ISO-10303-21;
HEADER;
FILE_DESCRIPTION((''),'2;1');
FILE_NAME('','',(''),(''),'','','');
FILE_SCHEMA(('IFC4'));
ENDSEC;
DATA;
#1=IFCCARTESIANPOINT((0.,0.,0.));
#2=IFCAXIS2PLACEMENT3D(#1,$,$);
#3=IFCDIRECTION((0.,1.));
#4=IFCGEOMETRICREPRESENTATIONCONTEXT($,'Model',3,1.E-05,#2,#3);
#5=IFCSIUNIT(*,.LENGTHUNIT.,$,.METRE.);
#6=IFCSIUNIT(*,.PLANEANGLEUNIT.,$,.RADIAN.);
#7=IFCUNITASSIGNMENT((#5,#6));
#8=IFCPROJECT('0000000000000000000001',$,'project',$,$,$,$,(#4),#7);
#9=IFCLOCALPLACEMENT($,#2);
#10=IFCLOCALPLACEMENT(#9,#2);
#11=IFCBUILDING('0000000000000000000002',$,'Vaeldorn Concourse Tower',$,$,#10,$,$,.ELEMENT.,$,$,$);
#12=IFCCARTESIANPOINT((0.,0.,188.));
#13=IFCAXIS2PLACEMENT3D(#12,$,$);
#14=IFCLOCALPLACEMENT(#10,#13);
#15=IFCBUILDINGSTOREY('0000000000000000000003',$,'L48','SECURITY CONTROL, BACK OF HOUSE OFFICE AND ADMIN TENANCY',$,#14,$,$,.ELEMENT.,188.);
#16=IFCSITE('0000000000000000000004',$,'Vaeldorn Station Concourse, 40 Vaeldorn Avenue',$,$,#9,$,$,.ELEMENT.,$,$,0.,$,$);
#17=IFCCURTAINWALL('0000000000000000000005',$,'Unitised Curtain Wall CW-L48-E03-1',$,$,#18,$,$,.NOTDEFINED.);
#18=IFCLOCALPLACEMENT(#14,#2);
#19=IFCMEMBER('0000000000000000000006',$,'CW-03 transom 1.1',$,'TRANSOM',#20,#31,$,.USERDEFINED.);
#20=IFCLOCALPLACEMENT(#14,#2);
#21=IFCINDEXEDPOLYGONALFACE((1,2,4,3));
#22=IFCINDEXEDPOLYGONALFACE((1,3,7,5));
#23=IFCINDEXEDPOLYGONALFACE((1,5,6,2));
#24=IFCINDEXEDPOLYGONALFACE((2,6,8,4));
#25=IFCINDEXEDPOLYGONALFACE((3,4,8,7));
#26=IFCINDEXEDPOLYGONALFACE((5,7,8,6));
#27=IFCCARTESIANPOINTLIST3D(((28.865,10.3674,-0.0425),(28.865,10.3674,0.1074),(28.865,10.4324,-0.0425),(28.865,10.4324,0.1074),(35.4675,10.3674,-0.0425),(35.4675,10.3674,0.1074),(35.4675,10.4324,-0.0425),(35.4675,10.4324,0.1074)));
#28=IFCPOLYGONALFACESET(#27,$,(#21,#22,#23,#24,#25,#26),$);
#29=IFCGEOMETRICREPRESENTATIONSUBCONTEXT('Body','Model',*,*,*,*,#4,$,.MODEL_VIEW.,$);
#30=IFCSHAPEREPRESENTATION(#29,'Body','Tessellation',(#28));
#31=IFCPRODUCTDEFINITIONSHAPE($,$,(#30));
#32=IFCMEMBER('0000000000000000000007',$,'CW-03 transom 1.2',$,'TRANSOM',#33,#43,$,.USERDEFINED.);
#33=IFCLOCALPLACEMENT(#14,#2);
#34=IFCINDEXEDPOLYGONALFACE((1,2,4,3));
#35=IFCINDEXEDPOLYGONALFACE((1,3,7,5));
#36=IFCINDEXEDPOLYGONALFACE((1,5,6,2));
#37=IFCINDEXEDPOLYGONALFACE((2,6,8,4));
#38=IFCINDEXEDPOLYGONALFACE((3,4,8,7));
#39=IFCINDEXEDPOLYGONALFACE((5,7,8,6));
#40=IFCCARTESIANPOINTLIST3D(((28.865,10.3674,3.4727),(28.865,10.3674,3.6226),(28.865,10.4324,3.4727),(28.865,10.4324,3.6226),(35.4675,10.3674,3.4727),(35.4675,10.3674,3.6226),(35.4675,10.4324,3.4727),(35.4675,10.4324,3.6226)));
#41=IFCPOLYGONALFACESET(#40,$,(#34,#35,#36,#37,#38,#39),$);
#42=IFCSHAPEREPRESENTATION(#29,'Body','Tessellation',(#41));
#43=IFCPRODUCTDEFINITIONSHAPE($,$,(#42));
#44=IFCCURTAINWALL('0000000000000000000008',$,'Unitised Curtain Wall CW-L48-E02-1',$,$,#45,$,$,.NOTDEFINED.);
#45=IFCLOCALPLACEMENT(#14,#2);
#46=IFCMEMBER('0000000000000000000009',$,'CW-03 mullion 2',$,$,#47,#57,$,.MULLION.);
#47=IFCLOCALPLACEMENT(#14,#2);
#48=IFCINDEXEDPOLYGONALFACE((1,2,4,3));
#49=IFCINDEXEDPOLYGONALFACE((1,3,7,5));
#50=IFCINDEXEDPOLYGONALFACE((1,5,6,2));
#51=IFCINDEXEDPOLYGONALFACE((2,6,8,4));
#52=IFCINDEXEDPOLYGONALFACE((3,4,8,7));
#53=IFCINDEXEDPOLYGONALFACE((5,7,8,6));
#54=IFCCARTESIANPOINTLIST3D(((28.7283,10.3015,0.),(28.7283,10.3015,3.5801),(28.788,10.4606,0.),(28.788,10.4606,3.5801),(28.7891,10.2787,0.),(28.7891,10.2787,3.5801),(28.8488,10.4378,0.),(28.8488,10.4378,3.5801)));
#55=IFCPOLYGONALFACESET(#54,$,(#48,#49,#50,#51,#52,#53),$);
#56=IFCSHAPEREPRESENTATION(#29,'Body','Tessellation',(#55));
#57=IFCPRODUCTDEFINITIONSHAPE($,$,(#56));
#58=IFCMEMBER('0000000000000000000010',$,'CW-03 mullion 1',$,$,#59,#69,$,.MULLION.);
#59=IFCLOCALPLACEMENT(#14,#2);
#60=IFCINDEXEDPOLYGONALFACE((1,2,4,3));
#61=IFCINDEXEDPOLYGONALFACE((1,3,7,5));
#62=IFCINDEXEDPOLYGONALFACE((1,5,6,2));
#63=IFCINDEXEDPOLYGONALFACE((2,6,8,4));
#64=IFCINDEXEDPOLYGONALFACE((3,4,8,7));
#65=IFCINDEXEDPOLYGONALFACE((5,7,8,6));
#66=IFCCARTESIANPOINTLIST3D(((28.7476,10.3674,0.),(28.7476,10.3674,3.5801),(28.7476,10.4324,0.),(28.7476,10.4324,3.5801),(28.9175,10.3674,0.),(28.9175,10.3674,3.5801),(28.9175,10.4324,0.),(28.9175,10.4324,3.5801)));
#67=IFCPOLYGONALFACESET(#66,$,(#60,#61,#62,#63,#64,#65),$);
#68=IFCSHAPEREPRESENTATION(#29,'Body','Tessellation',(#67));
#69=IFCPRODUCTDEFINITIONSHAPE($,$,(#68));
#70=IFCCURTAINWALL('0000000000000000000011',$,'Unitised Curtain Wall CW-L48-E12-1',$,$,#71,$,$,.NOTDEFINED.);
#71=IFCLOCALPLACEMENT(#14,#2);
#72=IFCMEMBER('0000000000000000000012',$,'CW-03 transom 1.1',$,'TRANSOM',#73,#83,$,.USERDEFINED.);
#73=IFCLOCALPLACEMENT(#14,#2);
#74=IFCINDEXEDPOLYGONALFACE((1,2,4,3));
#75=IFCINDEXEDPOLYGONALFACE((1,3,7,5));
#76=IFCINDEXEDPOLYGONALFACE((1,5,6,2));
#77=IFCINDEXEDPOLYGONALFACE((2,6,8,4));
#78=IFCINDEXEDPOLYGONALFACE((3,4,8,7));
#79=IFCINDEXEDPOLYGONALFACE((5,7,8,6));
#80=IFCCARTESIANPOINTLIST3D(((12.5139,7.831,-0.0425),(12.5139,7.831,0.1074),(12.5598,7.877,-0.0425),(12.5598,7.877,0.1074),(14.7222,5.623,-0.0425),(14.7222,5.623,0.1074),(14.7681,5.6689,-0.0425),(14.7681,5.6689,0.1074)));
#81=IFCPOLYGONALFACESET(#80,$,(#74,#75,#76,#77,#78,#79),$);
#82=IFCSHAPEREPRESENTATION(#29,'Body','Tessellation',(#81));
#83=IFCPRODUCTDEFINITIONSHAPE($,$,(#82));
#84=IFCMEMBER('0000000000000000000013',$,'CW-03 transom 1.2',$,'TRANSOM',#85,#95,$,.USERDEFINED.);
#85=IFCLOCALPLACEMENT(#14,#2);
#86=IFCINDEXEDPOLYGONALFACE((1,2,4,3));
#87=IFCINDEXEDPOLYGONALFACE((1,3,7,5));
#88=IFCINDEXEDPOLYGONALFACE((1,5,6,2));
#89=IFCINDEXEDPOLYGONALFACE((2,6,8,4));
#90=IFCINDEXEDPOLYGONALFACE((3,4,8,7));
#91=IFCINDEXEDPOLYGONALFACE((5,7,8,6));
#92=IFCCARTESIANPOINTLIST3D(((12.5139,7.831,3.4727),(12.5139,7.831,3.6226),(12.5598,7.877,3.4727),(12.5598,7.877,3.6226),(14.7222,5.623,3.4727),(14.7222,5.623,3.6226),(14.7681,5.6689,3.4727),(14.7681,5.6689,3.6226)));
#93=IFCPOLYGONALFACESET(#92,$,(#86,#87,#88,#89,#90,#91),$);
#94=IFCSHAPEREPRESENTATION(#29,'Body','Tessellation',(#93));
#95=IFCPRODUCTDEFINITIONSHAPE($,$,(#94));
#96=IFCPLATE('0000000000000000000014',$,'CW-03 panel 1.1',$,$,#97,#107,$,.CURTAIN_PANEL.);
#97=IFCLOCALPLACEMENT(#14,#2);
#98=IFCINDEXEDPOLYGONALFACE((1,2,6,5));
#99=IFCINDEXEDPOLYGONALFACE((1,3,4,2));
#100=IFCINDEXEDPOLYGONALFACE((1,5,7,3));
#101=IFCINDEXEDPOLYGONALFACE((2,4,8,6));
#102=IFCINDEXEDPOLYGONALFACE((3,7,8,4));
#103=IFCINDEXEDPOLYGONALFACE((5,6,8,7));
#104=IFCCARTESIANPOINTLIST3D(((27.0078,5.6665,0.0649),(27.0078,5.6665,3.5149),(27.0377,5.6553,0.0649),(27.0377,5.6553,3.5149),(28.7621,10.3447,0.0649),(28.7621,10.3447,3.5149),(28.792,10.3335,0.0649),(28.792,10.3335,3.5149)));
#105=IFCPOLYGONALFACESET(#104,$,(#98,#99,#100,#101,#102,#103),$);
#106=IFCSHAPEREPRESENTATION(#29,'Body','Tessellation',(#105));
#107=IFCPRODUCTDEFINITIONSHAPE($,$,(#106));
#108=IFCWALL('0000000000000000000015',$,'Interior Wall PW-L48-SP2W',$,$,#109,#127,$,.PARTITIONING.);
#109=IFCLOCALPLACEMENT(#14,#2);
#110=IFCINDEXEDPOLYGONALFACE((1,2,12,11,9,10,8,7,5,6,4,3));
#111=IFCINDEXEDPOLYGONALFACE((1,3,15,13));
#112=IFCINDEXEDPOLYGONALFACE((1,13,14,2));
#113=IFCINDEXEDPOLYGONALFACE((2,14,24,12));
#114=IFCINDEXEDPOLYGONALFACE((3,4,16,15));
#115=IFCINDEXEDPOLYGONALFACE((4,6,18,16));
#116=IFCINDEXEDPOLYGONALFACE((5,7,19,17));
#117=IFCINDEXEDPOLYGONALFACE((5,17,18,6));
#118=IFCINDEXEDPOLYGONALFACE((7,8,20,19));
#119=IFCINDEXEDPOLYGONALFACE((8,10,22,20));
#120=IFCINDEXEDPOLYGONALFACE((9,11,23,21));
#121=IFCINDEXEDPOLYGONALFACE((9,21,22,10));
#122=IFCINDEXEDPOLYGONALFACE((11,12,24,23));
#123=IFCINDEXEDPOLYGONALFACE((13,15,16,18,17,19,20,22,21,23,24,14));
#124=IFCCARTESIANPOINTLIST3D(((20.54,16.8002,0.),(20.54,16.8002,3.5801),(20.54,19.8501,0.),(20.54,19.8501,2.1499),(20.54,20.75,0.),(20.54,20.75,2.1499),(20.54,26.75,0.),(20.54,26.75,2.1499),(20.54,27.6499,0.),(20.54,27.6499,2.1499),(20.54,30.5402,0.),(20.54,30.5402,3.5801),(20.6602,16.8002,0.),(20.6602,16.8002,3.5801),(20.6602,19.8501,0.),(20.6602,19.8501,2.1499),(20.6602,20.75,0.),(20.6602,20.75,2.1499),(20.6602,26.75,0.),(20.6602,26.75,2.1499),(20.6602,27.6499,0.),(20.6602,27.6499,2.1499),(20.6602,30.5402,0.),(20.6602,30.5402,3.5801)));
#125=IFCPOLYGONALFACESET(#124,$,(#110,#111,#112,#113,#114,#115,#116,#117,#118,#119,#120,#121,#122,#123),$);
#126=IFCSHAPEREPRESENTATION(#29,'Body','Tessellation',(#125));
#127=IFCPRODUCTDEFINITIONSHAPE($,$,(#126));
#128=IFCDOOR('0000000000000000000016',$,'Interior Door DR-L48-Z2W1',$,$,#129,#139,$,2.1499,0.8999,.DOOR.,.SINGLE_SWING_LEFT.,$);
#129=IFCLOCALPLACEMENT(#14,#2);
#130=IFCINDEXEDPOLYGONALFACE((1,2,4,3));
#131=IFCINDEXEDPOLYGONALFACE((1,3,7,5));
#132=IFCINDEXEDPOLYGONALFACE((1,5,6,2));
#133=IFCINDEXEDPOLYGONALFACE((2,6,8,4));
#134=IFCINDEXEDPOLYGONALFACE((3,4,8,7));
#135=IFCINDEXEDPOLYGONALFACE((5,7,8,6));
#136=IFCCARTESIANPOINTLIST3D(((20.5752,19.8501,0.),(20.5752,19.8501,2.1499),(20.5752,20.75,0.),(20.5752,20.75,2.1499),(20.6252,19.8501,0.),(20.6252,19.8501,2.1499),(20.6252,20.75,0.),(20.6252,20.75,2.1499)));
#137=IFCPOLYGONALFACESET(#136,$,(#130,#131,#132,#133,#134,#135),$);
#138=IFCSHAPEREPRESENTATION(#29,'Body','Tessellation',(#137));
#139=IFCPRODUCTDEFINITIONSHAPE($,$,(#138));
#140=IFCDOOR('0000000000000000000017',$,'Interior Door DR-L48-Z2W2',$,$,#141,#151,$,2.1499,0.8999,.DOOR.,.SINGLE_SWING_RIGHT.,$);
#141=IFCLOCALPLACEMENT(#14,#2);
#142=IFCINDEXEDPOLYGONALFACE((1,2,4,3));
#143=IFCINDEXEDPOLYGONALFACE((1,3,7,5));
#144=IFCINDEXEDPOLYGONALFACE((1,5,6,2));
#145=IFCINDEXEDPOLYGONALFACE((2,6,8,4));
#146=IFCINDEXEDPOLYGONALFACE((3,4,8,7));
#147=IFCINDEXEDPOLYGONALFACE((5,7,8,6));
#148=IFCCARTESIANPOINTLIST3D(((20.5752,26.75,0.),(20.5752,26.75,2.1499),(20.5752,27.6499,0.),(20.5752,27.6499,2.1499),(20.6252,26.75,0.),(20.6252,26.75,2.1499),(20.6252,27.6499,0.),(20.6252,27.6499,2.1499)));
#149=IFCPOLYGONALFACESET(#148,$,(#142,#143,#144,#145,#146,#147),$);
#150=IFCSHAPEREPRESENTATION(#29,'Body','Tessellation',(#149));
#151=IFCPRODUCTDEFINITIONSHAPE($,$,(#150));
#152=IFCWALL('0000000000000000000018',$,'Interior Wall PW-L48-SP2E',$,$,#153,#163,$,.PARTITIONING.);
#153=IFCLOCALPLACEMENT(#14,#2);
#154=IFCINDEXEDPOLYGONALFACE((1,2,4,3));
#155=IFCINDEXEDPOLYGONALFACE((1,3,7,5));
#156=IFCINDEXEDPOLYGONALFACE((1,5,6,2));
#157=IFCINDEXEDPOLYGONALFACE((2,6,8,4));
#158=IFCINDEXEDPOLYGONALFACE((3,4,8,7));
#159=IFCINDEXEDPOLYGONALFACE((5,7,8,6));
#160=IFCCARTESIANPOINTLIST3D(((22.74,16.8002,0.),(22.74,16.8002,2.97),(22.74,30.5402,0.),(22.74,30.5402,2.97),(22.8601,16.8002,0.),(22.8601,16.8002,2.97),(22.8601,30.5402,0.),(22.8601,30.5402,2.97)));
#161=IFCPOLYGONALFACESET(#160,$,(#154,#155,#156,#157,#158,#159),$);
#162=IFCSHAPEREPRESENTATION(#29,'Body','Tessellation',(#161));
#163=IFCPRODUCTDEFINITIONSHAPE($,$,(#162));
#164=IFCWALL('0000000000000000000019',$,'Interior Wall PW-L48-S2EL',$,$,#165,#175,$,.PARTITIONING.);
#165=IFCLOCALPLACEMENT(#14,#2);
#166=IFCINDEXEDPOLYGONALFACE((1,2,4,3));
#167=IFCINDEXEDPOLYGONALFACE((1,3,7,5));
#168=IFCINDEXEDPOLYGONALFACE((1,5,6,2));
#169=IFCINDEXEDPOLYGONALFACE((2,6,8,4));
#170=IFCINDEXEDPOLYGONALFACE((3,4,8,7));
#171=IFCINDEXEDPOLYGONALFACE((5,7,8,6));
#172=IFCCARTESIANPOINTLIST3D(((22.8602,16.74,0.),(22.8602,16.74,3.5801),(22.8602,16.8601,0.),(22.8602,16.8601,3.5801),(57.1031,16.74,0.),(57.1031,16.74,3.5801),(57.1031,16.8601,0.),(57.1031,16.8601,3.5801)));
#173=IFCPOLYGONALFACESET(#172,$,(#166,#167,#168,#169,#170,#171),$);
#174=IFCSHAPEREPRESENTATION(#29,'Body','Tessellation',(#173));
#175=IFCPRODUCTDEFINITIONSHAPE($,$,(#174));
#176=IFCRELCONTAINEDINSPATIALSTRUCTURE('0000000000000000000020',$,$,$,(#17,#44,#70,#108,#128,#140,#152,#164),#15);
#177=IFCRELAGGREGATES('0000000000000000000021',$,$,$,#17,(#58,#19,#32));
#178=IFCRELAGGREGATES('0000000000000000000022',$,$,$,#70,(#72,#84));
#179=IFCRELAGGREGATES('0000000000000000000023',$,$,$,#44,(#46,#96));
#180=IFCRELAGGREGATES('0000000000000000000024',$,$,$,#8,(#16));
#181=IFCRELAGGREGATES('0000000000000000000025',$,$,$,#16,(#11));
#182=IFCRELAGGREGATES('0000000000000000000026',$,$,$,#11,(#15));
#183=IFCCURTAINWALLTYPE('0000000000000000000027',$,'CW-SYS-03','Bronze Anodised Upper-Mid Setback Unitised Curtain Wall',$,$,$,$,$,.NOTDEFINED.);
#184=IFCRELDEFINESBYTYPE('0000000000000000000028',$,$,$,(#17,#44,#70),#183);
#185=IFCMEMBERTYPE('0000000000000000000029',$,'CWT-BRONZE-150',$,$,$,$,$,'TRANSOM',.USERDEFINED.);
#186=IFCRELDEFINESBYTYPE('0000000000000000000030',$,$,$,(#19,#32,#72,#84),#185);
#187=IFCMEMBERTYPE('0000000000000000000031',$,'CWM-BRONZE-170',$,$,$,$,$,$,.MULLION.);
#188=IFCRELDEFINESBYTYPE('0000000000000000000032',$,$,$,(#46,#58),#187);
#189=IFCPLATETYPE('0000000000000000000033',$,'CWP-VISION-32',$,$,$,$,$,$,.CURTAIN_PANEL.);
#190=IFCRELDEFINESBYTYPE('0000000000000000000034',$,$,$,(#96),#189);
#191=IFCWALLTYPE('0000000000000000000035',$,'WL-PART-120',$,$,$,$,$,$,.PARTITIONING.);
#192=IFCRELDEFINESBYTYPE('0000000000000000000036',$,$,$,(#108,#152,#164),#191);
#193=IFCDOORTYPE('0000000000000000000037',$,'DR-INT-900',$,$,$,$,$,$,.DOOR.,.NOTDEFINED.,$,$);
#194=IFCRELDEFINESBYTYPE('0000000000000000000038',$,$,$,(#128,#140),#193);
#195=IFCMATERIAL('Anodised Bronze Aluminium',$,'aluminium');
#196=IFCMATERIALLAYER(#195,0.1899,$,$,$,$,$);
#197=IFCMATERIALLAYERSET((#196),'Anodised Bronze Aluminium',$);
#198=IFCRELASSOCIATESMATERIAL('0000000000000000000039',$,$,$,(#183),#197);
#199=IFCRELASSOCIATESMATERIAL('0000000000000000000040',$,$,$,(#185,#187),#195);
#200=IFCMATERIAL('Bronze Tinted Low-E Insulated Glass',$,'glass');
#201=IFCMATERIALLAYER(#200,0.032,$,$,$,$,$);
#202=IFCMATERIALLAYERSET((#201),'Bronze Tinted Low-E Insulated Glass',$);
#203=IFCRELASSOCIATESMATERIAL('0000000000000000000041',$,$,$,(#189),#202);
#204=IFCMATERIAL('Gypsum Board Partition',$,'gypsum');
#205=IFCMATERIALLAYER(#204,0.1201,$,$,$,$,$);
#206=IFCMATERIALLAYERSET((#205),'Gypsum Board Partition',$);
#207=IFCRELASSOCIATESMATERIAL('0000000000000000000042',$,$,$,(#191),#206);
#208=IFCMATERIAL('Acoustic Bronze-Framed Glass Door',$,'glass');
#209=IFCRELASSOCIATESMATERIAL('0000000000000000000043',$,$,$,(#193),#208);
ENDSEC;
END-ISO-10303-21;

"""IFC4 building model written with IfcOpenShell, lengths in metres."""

from ifc_helpers import new_model, si_unit, direction, frame, frame_2d, origin, origin_2d, place, context, subcontext, project, spatial, rectangle, extrude, source, transform, mapped, material, layer, layer_set, material_profile, profile_set, type_object, element, fill, aggregate, save


model = new_model("IFC4")

# Units and contexts
model_context = context("Model", 3, precision=1e-05, world=origin(), true_north=direction((0.0, 1.0)))
body_context = subcontext(model_context, "Body", "Model", "MODEL_VIEW")
ifc_project = project(units=[si_unit("LENGTHUNIT", "METRE"), si_unit("PLANEANGLEUNIT", "RADIAN")], contexts=[model_context])

# Site, building, storey
site_placement = place(None, origin())
site = spatial("IfcSite", under=ifc_project, at=site_placement, Name="Vaeldorn Station Concourse, 40 Vaeldorn Avenue", CompositionType="ELEMENT", RefElevation=0.0)
building_placement = place(site_placement, origin())
building = spatial("IfcBuilding", under=site, at=building_placement, Name="Vaeldorn Concourse Tower", CompositionType="ELEMENT")
storey_placement = place(building_placement, frame((0.0, 0.0, 188.0)))
storey = spatial("IfcBuildingStorey", under=building, at=storey_placement, Name="L48", Description="SECURITY CONTROL, BACK OF HOUSE OFFICE AND ADMIN TENANCY", CompositionType="ELEMENT", Elevation=188.0)

# Curtain wall, members
ifc_material_1 = material(Name="Anodised Bronze Aluminium", Category="aluminium")
ifc_layer_1 = layer(ifc_material_1, 0.1899)
ifc_layer_set_1 = layer_set([ifc_layer_1], Name="Anodised Bronze Aluminium")
curtain_wall_type = type_object("IfcCurtainWallType", Name="CW-SYS-03", Description="Bronze Anodised Upper-Mid Setback Unitised Curtain Wall", PredefinedType="NOTDEFINED", material=ifc_layer_set_1)
curtain_wall_1_placement = place(storey_placement, origin())
curtain_wall_1 = element("IfcCurtainWall", 1, at=curtain_wall_1_placement, inside=storey, type_object=curtain_wall_type, Name="Unitised Curtain Wall CW-L48-E03-1", PredefinedType="NOTDEFINED")
ifc_material_profile_1 = material_profile(ifc_material_1, rectangle(XDim=0.0649, YDim=0.1499, at=origin_2d()), Name="CWT 65x150")
ifc_profile_set_1 = profile_set([ifc_material_profile_1], Name="Anodised Bronze Aluminium")
member_type_1 = type_object("IfcMemberType", Name="CWT-BRONZE-150", ElementType="TRANSOM", PredefinedType="USERDEFINED", material=ifc_profile_set_1)
shared_shape_1 = source(origin(), body_context, "Body", "SweptSolid", [
    extrude(rectangle(XDim=0.0649, YDim=0.1499, at=origin_2d()), origin(), (0.0, 0.0, 1.0), 6.6025),
])
member_1_placement = place(storey_placement, frame((28.865, 10.3999, 0.0325), z_axis=(1.0, 0.0, 0.0), x_axis=(0.0, 1.0, 0.0)))
member_1 = element("IfcMember", 2, at=member_1_placement, type_object=member_type_1, Name="CW-03 transom 1.1", ObjectType="TRANSOM", PredefinedType="USERDEFINED", context=body_context, shape_type="MappedRepresentation", body=[
    mapped(shared_shape_1, transform((0.0, 0.0, 0.0), scale=1.0)),
])
member_2_placement = place(storey_placement, frame((28.865, 10.3999, 3.5476), z_axis=(1.0, 0.0, 0.0), x_axis=(0.0, 1.0, 0.0)))
member_2 = element("IfcMember", 3, at=member_2_placement, type_object=member_type_1, Name="CW-03 transom 1.2", ObjectType="TRANSOM", PredefinedType="USERDEFINED", context=body_context, shape_type="MappedRepresentation", body=[
    mapped(shared_shape_1, transform((0.0, 0.0, 0.0), scale=1.0)),
])

# Curtain wall, member
curtain_wall_2_placement = place(storey_placement, origin())
curtain_wall_2 = element("IfcCurtainWall", 4, at=curtain_wall_2_placement, inside=storey, type_object=curtain_wall_type, Name="Unitised Curtain Wall CW-L48-E02-1", PredefinedType="NOTDEFINED")
ifc_material_profile_2 = material_profile(ifc_material_1, rectangle(XDim=0.0649, YDim=0.1699, at=origin_2d()), Name="CWM 65x170")
ifc_profile_set_2 = profile_set([ifc_material_profile_2], Name="Anodised Bronze Aluminium")
member_type_2 = type_object("IfcMemberType", Name="CWM-BRONZE-170", PredefinedType="MULLION", material=ifc_profile_set_2)
shared_shape_2 = source(origin(), body_context, "Body", "SweptSolid", [
    extrude(rectangle(XDim=0.0649, YDim=0.1699, at=origin_2d()), origin(), (0.0, 0.0, 1.0), 3.5801),
])
member_3_placement = place(storey_placement, frame((28.7886, 10.3696, 0.0), z_axis=(0.0, 0.0, 1.0), x_axis=(-0.936329, 0.351123, 0.0)))
member_3 = element("IfcMember", 5, at=member_3_placement, type_object=member_type_2, Name="CW-03 mullion 2", PredefinedType="MULLION", context=body_context, shape_type="MappedRepresentation", body=[
    mapped(shared_shape_2, transform((0.0, 0.0, 0.0), scale=1.0)),
])

# Member
member_4_placement = place(storey_placement, frame((28.8325, 10.3999, 0.0), z_axis=(0.0, 0.0, 1.0), x_axis=(0.0, 1.0, 0.0)))
member_4 = element("IfcMember", 6, at=member_4_placement, type_object=member_type_2, Name="CW-03 mullion 1", PredefinedType="MULLION", context=body_context, shape_type="MappedRepresentation", body=[
    mapped(shared_shape_2, transform((0.0, 0.0, 0.0), scale=1.0)),
])
aggregate(curtain_wall_1, [member_4, member_1, member_2])

# Curtain wall, members
curtain_wall_3_placement = place(storey_placement, origin())
curtain_wall_3 = element("IfcCurtainWall", 7, at=curtain_wall_3_placement, inside=storey, type_object=curtain_wall_type, Name="Unitised Curtain Wall CW-L48-E12-1", PredefinedType="NOTDEFINED")
shared_shape_3 = source(origin(), body_context, "Body", "SweptSolid", [
    extrude(rectangle(XDim=0.0649, YDim=0.1499, at=origin_2d()), origin(), (0.0, 0.0, 1.0), 3.1228),
])
member_5_placement = place(storey_placement, frame((12.5369, 7.854, 0.0325), z_axis=(0.707146, -0.707068, 0.0), x_axis=(0.707068, 0.707146, 0.0)))
member_5 = element("IfcMember", 8, at=member_5_placement, type_object=member_type_1, Name="CW-03 transom 1.1", ObjectType="TRANSOM", PredefinedType="USERDEFINED", context=body_context, shape_type="MappedRepresentation", body=[
    mapped(shared_shape_3, transform((0.0, 0.0, 0.0), scale=1.0)),
])
member_6_placement = place(storey_placement, frame((12.5369, 7.854, 3.5476), z_axis=(0.707146, -0.707068, 0.0), x_axis=(0.707068, 0.707146, 0.0)))
member_6 = element("IfcMember", 9, at=member_6_placement, type_object=member_type_1, Name="CW-03 transom 1.2", ObjectType="TRANSOM", PredefinedType="USERDEFINED", context=body_context, shape_type="MappedRepresentation", body=[
    mapped(shared_shape_3, transform((0.0, 0.0, 0.0), scale=1.0)),
])
aggregate(curtain_wall_3, [member_5, member_6])

# Plate
ifc_material_2 = material(Name="Bronze Tinted Low-E Insulated Glass", Category="glass")
ifc_layer_2 = layer(ifc_material_2, 0.032)
ifc_layer_set_2 = layer_set([ifc_layer_2], Name="Bronze Tinted Low-E Insulated Glass")
plate_type = type_object("IfcPlateType", Name="CWP-VISION-32", PredefinedType="CURTAIN_PANEL", material=ifc_layer_set_2)
shared_shape_4 = source(origin(), body_context, "Body", "SweptSolid", [
    extrude(rectangle(XDim=4.9963, YDim=0.032, at=origin_2d()), origin(), (0.0, 0.0, 1.0), 3.45),
])
plate_placement = place(storey_placement, frame((27.8999, 8.0, 0.0649), z_axis=(0.0, 0.0, 1.0), x_axis=(0.351123, 0.936329, 0.0)))
plate = element("IfcPlate", 10, at=plate_placement, type_object=plate_type, Name="CW-03 panel 1.1", PredefinedType="CURTAIN_PANEL", context=body_context, shape_type="MappedRepresentation", body=[
    mapped(shared_shape_4, transform((0.0, 0.0, 0.0), scale=1.0)),
])
aggregate(curtain_wall_2, [member_3, plate])

# Wall, openings, doors
ifc_material_3 = material(Name="Gypsum Board Partition", Category="gypsum")
ifc_layer_3 = layer(ifc_material_3, 0.1201)
ifc_layer_set_3 = layer_set([ifc_layer_3], Name="Gypsum Board Partition")
wall_type = type_object("IfcWallType", Name="WL-PART-120", PredefinedType="PARTITIONING", material=ifc_layer_set_3)
wall_1_placement = place(storey_placement, frame((20.6001, 16.8, 0.0), z_axis=(0.0, 0.0, 1.0), x_axis=(0.0, 1.0, 0.0)))
wall_1 = element("IfcWall", 11, at=wall_1_placement, inside=storey, type_object=wall_type, Name="Interior Wall PW-L48-SP2W", PredefinedType="PARTITIONING", context=body_context, shape_type="SweptSolid", body=[
    extrude(rectangle(XDim=13.74, YDim=0.1201, at=frame_2d((6.8701, 0.0))), origin(), (0.0, 0.0, 1.0), 3.5801),
])
opening_1_placement = place(wall_1_placement, frame((3.05, 0.0, 0.0)))
opening_1 = element("IfcOpeningElement", 12, at=opening_1_placement, cuts=wall_1, PredefinedType="OPENING", context=body_context, shape_type="SweptSolid", body=[
    extrude(rectangle(XDim=0.8999, YDim=2.1499, at=frame_2d((0.45, 1.075))), frame((0.0, 0.0701, 0.0), z_axis=(0.0, -1.0, 0.0), x_axis=(1.0, 0.0, 0.0)), (0.0, 0.0, 1.0), 0.1401),
])
opening_2_placement = place(wall_1_placement, frame((9.95, 0.0, 0.0)))
opening_2 = element("IfcOpeningElement", 13, at=opening_2_placement, cuts=wall_1, PredefinedType="OPENING", context=body_context, shape_type="SweptSolid", body=[
    extrude(rectangle(XDim=0.8999, YDim=2.1499, at=frame_2d((0.45, 1.075))), frame((0.0, 0.0701, 0.0), z_axis=(0.0, -1.0, 0.0), x_axis=(1.0, 0.0, 0.0)), (0.0, 0.0, 1.0), 0.1401),
])
ifc_material_4 = material(Name="Acoustic Bronze-Framed Glass Door", Category="glass")
door_type = type_object("IfcDoorType", Name="DR-INT-900", OperationType="NOTDEFINED", PredefinedType="DOOR", material=ifc_material_4)
shared_shape_5 = source(origin(), body_context, "Body", "SweptSolid", [
    extrude(rectangle(XDim=0.8999, YDim=2.1499, at=frame_2d((0.45, 1.075))), frame((0.0, 0.0249, 0.0), z_axis=(0.0, -1.0, 0.0), x_axis=(1.0, 0.0, 0.0)), (0.0, 0.0, 1.0), 0.05),
])
door_1_placement = place(opening_1_placement, origin())
door_1 = element("IfcDoor", 14, at=door_1_placement, inside=storey, type_object=door_type, Name="Interior Door DR-L48-Z2W1", OperationType="SINGLE_SWING_LEFT", OverallHeight=2.1499, OverallWidth=0.8999, PredefinedType="DOOR", context=body_context, shape_type="MappedRepresentation", body=[
    mapped(shared_shape_5, transform((0.0, 0.0, 0.0), scale=1.0)),
])
fill(opening_1, door_1)
door_2_placement = place(opening_2_placement, origin())
door_2 = element("IfcDoor", 15, at=door_2_placement, inside=storey, type_object=door_type, Name="Interior Door DR-L48-Z2W2", OperationType="SINGLE_SWING_RIGHT", OverallHeight=2.1499, OverallWidth=0.8999, PredefinedType="DOOR", context=body_context, shape_type="MappedRepresentation", body=[
    mapped(shared_shape_5, transform((0.0, 0.0, 0.0), scale=1.0)),
])
fill(opening_2, door_2)

# Wall
wall_2_placement = place(storey_placement, frame((22.8, 16.8, 0.0), z_axis=(0.0, 0.0, 1.0), x_axis=(0.0, 1.0, 0.0)))
element("IfcWall", 16, at=wall_2_placement, inside=storey, type_object=wall_type, Name="Interior Wall PW-L48-SP2E", PredefinedType="PARTITIONING", context=body_context, shape_type="SweptSolid", body=[
    extrude(rectangle(XDim=13.74, YDim=0.1201, at=frame_2d((6.8701, 0.0))), origin(), (0.0, 0.0, 1.0), 2.97),
])

# Wall
wall_3_placement = place(storey_placement, frame((22.8601, 16.8, 0.0), z_axis=(0.0, 0.0, 1.0), x_axis=(1.0, 0.0, 0.0)))
element("IfcWall", 17, at=wall_3_placement, inside=storey, type_object=wall_type, Name="Interior Wall PW-L48-S2EL", PredefinedType="PARTITIONING", context=body_context, shape_type="SweptSolid", body=[
    extrude(rectangle(XDim=34.2429, YDim=0.1201, at=frame_2d((17.1216, 0.0))), origin(), (0.0, 0.0, 1.0), 3.5801),
])

save(model, "model.ifc")
